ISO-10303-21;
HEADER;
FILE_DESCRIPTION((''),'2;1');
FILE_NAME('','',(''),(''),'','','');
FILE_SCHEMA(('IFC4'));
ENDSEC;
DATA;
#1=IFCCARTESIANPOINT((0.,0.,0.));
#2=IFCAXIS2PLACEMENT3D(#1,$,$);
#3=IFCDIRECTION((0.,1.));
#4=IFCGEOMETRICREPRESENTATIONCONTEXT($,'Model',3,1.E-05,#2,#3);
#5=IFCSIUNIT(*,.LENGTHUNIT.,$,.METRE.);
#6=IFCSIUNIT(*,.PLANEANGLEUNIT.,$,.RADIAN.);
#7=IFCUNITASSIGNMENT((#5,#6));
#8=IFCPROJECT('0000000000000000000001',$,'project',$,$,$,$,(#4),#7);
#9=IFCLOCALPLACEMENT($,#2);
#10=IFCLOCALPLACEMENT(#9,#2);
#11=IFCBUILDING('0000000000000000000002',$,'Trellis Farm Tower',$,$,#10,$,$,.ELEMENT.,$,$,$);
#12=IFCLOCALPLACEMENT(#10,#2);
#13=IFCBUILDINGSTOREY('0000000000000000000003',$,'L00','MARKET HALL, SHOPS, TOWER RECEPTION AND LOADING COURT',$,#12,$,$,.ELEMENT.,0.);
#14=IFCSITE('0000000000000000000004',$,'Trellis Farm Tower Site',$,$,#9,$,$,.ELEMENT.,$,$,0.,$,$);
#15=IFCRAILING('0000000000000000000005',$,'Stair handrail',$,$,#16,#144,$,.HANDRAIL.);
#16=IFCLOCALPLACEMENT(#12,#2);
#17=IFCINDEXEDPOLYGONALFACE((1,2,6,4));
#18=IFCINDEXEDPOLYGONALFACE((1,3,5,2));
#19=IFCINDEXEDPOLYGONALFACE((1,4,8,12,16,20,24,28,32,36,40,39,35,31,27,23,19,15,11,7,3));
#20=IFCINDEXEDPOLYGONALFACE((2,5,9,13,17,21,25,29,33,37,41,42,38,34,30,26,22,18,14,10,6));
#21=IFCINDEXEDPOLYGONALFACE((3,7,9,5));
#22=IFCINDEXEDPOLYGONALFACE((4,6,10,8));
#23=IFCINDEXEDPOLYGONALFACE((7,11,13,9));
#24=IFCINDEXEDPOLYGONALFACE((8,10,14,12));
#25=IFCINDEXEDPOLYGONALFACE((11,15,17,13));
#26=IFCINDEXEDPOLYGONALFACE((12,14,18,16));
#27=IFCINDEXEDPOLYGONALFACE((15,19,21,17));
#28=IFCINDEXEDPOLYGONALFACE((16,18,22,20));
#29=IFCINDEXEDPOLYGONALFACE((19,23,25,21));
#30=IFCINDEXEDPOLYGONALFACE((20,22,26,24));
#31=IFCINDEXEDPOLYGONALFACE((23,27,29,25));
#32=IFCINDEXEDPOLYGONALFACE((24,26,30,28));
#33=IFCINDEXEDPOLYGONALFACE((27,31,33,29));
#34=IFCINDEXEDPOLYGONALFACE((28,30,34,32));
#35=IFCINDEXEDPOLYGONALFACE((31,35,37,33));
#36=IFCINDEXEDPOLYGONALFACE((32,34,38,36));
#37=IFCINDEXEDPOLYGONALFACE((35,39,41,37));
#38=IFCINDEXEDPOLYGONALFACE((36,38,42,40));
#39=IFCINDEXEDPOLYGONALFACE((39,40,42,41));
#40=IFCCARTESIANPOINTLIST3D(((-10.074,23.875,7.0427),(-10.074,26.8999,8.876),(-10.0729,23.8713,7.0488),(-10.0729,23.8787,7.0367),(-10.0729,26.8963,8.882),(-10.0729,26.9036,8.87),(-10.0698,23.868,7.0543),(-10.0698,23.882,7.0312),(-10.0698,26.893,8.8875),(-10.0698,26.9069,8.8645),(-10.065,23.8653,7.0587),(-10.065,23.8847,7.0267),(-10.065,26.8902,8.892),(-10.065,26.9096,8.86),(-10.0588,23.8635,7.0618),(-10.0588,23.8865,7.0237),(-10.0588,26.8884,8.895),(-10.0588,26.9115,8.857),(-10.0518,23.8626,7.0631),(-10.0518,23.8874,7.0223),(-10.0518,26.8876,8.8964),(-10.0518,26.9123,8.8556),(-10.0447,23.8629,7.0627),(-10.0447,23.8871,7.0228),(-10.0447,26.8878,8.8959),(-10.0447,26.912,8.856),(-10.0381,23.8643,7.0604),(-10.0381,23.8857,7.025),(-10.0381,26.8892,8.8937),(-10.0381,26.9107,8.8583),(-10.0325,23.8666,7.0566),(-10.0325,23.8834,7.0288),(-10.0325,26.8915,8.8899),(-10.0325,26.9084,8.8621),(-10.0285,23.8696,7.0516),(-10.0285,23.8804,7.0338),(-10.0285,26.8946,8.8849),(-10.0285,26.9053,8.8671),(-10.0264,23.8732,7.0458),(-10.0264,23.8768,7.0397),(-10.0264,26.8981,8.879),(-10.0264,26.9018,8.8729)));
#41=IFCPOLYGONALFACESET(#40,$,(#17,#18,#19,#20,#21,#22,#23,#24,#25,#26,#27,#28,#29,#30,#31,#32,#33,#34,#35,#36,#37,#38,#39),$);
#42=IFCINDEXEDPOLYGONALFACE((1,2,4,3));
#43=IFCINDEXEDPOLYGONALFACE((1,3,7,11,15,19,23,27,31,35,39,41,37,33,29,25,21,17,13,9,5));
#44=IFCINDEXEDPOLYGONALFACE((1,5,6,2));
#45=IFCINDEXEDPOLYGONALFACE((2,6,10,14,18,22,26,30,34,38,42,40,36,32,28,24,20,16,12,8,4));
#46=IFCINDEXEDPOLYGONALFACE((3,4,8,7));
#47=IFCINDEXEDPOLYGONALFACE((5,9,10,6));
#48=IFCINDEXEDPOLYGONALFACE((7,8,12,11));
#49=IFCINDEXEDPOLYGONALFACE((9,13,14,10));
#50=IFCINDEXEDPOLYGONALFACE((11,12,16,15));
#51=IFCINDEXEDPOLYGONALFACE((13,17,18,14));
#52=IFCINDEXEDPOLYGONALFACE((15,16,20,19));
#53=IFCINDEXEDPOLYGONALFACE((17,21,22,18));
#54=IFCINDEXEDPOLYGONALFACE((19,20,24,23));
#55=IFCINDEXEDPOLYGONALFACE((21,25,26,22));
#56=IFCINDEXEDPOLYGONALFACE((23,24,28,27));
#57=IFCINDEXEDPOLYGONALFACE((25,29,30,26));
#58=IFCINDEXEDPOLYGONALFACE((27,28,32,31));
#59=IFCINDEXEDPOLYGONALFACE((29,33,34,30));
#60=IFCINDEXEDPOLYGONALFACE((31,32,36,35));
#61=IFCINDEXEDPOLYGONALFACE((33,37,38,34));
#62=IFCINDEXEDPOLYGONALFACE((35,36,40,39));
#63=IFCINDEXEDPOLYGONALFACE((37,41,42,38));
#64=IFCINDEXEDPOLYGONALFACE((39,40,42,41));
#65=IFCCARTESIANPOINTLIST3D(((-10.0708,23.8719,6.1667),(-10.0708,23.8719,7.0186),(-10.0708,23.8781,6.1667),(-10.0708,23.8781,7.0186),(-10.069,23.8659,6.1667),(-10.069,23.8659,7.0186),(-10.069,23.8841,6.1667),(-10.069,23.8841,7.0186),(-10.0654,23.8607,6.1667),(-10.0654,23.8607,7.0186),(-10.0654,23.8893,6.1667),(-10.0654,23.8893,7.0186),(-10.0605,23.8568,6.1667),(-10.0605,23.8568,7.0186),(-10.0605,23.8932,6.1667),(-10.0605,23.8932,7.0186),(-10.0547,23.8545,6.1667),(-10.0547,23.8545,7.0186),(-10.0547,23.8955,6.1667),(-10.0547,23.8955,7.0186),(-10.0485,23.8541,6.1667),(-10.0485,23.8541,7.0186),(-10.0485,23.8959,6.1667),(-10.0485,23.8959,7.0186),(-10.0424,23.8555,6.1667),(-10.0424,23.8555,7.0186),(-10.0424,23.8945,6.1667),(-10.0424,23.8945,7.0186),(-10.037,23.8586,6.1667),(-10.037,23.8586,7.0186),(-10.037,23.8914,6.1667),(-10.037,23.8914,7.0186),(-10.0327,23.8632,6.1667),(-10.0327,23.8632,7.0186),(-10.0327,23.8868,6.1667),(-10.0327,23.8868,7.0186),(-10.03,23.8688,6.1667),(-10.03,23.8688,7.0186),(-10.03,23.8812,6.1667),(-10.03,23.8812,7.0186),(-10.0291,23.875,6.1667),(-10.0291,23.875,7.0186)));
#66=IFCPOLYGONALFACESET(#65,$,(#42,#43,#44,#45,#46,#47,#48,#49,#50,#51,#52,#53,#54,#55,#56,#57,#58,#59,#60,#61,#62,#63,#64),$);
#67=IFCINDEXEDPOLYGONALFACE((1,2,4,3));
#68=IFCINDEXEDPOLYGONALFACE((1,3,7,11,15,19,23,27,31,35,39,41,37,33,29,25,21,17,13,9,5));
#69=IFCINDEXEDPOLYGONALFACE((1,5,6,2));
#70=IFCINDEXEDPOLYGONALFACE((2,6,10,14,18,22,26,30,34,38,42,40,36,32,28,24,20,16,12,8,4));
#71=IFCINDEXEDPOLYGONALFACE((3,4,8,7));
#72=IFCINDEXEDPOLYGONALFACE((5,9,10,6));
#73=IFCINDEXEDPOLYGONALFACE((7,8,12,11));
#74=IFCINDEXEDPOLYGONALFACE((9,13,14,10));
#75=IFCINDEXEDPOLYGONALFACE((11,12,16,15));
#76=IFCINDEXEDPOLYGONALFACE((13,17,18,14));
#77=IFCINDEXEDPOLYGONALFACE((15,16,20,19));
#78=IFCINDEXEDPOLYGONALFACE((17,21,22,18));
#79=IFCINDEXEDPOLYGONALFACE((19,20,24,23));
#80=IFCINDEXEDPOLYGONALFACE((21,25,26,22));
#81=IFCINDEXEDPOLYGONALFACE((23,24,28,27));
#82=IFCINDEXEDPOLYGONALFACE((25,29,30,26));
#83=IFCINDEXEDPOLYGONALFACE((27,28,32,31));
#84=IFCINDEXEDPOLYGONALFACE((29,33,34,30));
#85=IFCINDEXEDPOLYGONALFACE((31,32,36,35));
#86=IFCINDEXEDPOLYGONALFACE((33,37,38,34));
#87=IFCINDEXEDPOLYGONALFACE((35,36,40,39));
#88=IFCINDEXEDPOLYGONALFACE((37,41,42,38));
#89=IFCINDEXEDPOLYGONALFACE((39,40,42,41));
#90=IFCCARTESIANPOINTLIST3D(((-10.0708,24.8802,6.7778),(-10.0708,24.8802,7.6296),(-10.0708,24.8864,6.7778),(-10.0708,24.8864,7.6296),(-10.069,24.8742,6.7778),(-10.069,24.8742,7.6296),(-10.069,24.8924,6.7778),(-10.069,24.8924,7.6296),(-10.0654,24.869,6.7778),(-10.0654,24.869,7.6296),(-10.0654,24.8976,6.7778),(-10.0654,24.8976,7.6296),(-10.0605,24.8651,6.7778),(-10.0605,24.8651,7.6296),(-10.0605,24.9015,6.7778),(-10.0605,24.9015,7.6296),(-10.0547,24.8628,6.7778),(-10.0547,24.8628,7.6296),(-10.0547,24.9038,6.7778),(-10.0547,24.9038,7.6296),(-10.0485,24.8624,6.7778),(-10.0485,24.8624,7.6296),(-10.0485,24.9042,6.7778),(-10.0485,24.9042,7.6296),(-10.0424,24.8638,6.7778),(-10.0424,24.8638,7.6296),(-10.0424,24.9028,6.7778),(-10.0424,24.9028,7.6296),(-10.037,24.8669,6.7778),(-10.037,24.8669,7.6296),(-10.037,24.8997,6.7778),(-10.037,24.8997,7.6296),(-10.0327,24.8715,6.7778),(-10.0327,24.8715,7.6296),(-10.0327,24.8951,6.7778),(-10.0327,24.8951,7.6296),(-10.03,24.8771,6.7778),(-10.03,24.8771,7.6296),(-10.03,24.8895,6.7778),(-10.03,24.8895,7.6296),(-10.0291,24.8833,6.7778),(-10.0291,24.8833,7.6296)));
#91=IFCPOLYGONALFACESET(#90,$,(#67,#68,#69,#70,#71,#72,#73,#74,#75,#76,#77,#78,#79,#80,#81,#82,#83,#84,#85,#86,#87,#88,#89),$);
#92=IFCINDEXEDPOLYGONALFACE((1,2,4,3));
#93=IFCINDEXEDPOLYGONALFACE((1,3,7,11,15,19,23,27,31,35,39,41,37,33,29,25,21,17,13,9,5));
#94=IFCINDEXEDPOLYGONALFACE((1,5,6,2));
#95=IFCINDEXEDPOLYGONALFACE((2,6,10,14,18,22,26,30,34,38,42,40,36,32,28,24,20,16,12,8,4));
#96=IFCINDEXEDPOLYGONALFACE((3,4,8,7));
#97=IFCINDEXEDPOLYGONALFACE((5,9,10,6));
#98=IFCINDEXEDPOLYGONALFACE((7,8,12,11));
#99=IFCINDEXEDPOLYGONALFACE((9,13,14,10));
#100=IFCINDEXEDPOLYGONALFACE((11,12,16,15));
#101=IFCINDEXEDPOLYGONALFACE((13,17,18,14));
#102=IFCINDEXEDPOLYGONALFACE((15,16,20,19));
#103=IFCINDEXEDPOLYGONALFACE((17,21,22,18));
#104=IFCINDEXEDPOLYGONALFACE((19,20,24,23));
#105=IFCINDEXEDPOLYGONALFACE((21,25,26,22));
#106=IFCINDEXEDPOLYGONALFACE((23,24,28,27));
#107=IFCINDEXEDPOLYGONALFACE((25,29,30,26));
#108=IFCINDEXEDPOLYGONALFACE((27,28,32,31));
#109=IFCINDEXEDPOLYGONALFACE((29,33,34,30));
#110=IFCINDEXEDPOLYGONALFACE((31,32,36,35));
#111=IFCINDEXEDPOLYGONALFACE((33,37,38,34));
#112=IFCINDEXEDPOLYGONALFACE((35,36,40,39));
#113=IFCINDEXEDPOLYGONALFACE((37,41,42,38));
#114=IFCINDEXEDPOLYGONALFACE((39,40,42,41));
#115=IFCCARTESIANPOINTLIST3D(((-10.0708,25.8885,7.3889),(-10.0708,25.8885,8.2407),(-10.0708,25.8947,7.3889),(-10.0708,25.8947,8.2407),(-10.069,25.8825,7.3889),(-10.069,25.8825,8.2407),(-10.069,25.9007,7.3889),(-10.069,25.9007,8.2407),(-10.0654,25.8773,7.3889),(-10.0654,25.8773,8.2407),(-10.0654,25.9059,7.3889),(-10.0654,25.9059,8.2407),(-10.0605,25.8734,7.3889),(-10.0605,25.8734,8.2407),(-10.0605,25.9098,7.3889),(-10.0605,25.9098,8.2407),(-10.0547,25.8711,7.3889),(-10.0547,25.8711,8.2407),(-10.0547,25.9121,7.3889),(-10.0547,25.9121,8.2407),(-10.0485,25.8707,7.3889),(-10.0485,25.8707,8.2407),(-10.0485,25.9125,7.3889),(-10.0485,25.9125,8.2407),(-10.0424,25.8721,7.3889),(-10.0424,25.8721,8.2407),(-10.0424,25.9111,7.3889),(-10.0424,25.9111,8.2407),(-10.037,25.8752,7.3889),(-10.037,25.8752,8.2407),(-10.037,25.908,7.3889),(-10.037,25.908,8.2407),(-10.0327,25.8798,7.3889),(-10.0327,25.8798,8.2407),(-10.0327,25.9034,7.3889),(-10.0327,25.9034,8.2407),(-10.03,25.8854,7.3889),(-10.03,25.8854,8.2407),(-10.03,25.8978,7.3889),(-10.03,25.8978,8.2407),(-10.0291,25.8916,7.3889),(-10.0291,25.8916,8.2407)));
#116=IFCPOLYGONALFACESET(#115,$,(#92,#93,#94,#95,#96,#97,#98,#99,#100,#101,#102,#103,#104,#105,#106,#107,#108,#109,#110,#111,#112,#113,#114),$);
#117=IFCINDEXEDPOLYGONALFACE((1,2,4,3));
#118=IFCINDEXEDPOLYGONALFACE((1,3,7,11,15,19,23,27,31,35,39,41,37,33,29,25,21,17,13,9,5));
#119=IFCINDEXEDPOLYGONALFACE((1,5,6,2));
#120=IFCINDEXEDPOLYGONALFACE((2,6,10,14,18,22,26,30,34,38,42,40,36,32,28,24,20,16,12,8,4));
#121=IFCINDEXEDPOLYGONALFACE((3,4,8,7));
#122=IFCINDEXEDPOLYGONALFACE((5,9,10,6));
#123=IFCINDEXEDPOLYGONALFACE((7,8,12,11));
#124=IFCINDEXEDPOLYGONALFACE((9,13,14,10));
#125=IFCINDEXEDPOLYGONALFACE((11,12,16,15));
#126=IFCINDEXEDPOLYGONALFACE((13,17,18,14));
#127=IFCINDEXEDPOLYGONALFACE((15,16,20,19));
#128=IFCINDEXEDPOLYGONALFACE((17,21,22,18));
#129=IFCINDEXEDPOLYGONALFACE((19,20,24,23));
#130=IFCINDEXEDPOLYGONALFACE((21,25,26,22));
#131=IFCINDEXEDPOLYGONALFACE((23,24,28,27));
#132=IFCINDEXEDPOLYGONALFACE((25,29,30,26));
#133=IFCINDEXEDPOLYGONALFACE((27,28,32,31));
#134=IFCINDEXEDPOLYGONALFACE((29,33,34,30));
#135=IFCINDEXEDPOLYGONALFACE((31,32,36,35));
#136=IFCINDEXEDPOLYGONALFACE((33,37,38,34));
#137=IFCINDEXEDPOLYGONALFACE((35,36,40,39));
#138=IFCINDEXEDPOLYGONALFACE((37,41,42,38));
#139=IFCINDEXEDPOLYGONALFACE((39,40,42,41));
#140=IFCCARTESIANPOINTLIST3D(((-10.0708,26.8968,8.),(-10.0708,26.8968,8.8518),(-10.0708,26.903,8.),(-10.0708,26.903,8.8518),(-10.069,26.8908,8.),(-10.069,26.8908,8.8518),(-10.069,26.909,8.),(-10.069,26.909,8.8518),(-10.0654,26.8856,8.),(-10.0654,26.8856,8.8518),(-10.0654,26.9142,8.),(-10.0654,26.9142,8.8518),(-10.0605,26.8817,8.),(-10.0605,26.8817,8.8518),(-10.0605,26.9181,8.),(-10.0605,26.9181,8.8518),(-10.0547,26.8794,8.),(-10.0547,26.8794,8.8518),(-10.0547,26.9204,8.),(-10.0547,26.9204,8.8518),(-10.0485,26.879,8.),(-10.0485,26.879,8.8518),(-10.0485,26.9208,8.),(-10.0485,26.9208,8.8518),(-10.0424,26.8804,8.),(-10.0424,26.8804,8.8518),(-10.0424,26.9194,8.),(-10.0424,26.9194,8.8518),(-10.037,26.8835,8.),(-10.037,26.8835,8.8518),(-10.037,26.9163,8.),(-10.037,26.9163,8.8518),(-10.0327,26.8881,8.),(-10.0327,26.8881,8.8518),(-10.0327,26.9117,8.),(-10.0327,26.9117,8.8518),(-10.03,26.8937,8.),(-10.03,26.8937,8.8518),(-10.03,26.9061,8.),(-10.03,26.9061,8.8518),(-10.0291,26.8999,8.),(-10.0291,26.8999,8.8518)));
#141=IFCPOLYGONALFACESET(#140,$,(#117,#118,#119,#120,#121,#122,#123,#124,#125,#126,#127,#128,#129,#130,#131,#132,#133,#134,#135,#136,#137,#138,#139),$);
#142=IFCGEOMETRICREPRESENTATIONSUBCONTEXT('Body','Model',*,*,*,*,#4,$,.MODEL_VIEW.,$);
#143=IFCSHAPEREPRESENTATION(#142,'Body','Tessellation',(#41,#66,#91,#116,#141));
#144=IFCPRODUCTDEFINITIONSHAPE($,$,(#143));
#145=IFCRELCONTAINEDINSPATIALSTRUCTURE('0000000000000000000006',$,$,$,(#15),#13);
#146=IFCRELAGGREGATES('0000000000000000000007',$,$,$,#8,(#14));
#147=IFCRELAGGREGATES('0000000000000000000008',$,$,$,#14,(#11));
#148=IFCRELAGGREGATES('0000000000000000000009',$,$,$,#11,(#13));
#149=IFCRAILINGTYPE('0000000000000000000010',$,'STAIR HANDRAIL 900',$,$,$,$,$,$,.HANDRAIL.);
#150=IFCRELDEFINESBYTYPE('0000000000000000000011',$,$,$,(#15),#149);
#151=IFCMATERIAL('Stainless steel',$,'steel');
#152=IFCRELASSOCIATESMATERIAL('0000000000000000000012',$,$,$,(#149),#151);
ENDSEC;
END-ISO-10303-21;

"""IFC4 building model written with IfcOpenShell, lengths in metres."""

from ifc_helpers import new_model, si_unit, direction, frame, origin, origin_2d, place, context, subcontext, project, spatial, circle, extrude, source, transform, mapped, material, type_object, element, save


model = new_model("IFC4")

# Units and contexts
model_context = context("Model", 3, precision=1e-05, world=origin(), true_north=direction((0.0, 1.0)))
body_context = subcontext(model_context, "Body", "Model", "MODEL_VIEW")
ifc_project = project(units=[si_unit("LENGTHUNIT", "METRE"), si_unit("PLANEANGLEUNIT", "RADIAN")], contexts=[model_context])

# Site, building, storey
site_placement = place(None, origin())
site = spatial("IfcSite", under=ifc_project, at=site_placement, Name="Trellis Farm Tower Site", CompositionType="ELEMENT", RefElevation=0.0)
building_placement = place(site_placement, origin())
building = spatial("IfcBuilding", under=site, at=building_placement, Name="Trellis Farm Tower", CompositionType="ELEMENT")
storey_placement = place(building_placement, origin())
storey = spatial("IfcBuildingStorey", under=building, at=storey_placement, Name="L00", Description="MARKET HALL, SHOPS, TOWER RECEPTION AND LOADING COURT", CompositionType="ELEMENT", Elevation=0.0)

# Railing
ifc_material_1 = material(Name="Stainless steel", Category="steel")
railing_type = type_object("IfcRailingType", Name="STAIR HANDRAIL 900", PredefinedType="HANDRAIL", material=ifc_material_1)
shared_shape_1 = source(origin(), body_context, "Body", "SweptSolid", [
    extrude(circle(Radius=0.0239, at=origin_2d()), frame((0.0, 0.0, 0.876), z_axis=(0.0, 0.855201, 0.518297), x_axis=(-1.0, 0.0, 0.0)), (0.0, 0.0, 1.0), 3.5371),
    extrude(circle(Radius=0.021, at=origin_2d()), origin(), (0.0, 0.0, 1.0), 0.8518),
    extrude(circle(Radius=0.021, at=origin_2d()), frame((0.0, 1.0083, 0.6111)), (0.0, 0.0, 1.0), 0.8518),
    extrude(circle(Radius=0.021, at=origin_2d()), frame((0.0, 2.0166, 1.2222)), (0.0, 0.0, 1.0), 0.8518),
    extrude(circle(Radius=0.021, at=origin_2d()), frame((0.0, 3.0249, 1.8333)), (0.0, 0.0, 1.0), 0.8518),
])
for number, where, name in (
    (1, (-10.05, 23.875, 6.1667), "Stair handrail"),
):
    element("IfcRailing", number, at=place(storey_placement, frame(where)), inside=storey, type_object=railing_type, Name=name, PredefinedType="HANDRAIL", context=body_context, shape_type="MappedRepresentation", body=[
        mapped(shared_shape_1, transform((0.0, 0.0, 0.0))),
    ])

save(model, "model.ifc")
